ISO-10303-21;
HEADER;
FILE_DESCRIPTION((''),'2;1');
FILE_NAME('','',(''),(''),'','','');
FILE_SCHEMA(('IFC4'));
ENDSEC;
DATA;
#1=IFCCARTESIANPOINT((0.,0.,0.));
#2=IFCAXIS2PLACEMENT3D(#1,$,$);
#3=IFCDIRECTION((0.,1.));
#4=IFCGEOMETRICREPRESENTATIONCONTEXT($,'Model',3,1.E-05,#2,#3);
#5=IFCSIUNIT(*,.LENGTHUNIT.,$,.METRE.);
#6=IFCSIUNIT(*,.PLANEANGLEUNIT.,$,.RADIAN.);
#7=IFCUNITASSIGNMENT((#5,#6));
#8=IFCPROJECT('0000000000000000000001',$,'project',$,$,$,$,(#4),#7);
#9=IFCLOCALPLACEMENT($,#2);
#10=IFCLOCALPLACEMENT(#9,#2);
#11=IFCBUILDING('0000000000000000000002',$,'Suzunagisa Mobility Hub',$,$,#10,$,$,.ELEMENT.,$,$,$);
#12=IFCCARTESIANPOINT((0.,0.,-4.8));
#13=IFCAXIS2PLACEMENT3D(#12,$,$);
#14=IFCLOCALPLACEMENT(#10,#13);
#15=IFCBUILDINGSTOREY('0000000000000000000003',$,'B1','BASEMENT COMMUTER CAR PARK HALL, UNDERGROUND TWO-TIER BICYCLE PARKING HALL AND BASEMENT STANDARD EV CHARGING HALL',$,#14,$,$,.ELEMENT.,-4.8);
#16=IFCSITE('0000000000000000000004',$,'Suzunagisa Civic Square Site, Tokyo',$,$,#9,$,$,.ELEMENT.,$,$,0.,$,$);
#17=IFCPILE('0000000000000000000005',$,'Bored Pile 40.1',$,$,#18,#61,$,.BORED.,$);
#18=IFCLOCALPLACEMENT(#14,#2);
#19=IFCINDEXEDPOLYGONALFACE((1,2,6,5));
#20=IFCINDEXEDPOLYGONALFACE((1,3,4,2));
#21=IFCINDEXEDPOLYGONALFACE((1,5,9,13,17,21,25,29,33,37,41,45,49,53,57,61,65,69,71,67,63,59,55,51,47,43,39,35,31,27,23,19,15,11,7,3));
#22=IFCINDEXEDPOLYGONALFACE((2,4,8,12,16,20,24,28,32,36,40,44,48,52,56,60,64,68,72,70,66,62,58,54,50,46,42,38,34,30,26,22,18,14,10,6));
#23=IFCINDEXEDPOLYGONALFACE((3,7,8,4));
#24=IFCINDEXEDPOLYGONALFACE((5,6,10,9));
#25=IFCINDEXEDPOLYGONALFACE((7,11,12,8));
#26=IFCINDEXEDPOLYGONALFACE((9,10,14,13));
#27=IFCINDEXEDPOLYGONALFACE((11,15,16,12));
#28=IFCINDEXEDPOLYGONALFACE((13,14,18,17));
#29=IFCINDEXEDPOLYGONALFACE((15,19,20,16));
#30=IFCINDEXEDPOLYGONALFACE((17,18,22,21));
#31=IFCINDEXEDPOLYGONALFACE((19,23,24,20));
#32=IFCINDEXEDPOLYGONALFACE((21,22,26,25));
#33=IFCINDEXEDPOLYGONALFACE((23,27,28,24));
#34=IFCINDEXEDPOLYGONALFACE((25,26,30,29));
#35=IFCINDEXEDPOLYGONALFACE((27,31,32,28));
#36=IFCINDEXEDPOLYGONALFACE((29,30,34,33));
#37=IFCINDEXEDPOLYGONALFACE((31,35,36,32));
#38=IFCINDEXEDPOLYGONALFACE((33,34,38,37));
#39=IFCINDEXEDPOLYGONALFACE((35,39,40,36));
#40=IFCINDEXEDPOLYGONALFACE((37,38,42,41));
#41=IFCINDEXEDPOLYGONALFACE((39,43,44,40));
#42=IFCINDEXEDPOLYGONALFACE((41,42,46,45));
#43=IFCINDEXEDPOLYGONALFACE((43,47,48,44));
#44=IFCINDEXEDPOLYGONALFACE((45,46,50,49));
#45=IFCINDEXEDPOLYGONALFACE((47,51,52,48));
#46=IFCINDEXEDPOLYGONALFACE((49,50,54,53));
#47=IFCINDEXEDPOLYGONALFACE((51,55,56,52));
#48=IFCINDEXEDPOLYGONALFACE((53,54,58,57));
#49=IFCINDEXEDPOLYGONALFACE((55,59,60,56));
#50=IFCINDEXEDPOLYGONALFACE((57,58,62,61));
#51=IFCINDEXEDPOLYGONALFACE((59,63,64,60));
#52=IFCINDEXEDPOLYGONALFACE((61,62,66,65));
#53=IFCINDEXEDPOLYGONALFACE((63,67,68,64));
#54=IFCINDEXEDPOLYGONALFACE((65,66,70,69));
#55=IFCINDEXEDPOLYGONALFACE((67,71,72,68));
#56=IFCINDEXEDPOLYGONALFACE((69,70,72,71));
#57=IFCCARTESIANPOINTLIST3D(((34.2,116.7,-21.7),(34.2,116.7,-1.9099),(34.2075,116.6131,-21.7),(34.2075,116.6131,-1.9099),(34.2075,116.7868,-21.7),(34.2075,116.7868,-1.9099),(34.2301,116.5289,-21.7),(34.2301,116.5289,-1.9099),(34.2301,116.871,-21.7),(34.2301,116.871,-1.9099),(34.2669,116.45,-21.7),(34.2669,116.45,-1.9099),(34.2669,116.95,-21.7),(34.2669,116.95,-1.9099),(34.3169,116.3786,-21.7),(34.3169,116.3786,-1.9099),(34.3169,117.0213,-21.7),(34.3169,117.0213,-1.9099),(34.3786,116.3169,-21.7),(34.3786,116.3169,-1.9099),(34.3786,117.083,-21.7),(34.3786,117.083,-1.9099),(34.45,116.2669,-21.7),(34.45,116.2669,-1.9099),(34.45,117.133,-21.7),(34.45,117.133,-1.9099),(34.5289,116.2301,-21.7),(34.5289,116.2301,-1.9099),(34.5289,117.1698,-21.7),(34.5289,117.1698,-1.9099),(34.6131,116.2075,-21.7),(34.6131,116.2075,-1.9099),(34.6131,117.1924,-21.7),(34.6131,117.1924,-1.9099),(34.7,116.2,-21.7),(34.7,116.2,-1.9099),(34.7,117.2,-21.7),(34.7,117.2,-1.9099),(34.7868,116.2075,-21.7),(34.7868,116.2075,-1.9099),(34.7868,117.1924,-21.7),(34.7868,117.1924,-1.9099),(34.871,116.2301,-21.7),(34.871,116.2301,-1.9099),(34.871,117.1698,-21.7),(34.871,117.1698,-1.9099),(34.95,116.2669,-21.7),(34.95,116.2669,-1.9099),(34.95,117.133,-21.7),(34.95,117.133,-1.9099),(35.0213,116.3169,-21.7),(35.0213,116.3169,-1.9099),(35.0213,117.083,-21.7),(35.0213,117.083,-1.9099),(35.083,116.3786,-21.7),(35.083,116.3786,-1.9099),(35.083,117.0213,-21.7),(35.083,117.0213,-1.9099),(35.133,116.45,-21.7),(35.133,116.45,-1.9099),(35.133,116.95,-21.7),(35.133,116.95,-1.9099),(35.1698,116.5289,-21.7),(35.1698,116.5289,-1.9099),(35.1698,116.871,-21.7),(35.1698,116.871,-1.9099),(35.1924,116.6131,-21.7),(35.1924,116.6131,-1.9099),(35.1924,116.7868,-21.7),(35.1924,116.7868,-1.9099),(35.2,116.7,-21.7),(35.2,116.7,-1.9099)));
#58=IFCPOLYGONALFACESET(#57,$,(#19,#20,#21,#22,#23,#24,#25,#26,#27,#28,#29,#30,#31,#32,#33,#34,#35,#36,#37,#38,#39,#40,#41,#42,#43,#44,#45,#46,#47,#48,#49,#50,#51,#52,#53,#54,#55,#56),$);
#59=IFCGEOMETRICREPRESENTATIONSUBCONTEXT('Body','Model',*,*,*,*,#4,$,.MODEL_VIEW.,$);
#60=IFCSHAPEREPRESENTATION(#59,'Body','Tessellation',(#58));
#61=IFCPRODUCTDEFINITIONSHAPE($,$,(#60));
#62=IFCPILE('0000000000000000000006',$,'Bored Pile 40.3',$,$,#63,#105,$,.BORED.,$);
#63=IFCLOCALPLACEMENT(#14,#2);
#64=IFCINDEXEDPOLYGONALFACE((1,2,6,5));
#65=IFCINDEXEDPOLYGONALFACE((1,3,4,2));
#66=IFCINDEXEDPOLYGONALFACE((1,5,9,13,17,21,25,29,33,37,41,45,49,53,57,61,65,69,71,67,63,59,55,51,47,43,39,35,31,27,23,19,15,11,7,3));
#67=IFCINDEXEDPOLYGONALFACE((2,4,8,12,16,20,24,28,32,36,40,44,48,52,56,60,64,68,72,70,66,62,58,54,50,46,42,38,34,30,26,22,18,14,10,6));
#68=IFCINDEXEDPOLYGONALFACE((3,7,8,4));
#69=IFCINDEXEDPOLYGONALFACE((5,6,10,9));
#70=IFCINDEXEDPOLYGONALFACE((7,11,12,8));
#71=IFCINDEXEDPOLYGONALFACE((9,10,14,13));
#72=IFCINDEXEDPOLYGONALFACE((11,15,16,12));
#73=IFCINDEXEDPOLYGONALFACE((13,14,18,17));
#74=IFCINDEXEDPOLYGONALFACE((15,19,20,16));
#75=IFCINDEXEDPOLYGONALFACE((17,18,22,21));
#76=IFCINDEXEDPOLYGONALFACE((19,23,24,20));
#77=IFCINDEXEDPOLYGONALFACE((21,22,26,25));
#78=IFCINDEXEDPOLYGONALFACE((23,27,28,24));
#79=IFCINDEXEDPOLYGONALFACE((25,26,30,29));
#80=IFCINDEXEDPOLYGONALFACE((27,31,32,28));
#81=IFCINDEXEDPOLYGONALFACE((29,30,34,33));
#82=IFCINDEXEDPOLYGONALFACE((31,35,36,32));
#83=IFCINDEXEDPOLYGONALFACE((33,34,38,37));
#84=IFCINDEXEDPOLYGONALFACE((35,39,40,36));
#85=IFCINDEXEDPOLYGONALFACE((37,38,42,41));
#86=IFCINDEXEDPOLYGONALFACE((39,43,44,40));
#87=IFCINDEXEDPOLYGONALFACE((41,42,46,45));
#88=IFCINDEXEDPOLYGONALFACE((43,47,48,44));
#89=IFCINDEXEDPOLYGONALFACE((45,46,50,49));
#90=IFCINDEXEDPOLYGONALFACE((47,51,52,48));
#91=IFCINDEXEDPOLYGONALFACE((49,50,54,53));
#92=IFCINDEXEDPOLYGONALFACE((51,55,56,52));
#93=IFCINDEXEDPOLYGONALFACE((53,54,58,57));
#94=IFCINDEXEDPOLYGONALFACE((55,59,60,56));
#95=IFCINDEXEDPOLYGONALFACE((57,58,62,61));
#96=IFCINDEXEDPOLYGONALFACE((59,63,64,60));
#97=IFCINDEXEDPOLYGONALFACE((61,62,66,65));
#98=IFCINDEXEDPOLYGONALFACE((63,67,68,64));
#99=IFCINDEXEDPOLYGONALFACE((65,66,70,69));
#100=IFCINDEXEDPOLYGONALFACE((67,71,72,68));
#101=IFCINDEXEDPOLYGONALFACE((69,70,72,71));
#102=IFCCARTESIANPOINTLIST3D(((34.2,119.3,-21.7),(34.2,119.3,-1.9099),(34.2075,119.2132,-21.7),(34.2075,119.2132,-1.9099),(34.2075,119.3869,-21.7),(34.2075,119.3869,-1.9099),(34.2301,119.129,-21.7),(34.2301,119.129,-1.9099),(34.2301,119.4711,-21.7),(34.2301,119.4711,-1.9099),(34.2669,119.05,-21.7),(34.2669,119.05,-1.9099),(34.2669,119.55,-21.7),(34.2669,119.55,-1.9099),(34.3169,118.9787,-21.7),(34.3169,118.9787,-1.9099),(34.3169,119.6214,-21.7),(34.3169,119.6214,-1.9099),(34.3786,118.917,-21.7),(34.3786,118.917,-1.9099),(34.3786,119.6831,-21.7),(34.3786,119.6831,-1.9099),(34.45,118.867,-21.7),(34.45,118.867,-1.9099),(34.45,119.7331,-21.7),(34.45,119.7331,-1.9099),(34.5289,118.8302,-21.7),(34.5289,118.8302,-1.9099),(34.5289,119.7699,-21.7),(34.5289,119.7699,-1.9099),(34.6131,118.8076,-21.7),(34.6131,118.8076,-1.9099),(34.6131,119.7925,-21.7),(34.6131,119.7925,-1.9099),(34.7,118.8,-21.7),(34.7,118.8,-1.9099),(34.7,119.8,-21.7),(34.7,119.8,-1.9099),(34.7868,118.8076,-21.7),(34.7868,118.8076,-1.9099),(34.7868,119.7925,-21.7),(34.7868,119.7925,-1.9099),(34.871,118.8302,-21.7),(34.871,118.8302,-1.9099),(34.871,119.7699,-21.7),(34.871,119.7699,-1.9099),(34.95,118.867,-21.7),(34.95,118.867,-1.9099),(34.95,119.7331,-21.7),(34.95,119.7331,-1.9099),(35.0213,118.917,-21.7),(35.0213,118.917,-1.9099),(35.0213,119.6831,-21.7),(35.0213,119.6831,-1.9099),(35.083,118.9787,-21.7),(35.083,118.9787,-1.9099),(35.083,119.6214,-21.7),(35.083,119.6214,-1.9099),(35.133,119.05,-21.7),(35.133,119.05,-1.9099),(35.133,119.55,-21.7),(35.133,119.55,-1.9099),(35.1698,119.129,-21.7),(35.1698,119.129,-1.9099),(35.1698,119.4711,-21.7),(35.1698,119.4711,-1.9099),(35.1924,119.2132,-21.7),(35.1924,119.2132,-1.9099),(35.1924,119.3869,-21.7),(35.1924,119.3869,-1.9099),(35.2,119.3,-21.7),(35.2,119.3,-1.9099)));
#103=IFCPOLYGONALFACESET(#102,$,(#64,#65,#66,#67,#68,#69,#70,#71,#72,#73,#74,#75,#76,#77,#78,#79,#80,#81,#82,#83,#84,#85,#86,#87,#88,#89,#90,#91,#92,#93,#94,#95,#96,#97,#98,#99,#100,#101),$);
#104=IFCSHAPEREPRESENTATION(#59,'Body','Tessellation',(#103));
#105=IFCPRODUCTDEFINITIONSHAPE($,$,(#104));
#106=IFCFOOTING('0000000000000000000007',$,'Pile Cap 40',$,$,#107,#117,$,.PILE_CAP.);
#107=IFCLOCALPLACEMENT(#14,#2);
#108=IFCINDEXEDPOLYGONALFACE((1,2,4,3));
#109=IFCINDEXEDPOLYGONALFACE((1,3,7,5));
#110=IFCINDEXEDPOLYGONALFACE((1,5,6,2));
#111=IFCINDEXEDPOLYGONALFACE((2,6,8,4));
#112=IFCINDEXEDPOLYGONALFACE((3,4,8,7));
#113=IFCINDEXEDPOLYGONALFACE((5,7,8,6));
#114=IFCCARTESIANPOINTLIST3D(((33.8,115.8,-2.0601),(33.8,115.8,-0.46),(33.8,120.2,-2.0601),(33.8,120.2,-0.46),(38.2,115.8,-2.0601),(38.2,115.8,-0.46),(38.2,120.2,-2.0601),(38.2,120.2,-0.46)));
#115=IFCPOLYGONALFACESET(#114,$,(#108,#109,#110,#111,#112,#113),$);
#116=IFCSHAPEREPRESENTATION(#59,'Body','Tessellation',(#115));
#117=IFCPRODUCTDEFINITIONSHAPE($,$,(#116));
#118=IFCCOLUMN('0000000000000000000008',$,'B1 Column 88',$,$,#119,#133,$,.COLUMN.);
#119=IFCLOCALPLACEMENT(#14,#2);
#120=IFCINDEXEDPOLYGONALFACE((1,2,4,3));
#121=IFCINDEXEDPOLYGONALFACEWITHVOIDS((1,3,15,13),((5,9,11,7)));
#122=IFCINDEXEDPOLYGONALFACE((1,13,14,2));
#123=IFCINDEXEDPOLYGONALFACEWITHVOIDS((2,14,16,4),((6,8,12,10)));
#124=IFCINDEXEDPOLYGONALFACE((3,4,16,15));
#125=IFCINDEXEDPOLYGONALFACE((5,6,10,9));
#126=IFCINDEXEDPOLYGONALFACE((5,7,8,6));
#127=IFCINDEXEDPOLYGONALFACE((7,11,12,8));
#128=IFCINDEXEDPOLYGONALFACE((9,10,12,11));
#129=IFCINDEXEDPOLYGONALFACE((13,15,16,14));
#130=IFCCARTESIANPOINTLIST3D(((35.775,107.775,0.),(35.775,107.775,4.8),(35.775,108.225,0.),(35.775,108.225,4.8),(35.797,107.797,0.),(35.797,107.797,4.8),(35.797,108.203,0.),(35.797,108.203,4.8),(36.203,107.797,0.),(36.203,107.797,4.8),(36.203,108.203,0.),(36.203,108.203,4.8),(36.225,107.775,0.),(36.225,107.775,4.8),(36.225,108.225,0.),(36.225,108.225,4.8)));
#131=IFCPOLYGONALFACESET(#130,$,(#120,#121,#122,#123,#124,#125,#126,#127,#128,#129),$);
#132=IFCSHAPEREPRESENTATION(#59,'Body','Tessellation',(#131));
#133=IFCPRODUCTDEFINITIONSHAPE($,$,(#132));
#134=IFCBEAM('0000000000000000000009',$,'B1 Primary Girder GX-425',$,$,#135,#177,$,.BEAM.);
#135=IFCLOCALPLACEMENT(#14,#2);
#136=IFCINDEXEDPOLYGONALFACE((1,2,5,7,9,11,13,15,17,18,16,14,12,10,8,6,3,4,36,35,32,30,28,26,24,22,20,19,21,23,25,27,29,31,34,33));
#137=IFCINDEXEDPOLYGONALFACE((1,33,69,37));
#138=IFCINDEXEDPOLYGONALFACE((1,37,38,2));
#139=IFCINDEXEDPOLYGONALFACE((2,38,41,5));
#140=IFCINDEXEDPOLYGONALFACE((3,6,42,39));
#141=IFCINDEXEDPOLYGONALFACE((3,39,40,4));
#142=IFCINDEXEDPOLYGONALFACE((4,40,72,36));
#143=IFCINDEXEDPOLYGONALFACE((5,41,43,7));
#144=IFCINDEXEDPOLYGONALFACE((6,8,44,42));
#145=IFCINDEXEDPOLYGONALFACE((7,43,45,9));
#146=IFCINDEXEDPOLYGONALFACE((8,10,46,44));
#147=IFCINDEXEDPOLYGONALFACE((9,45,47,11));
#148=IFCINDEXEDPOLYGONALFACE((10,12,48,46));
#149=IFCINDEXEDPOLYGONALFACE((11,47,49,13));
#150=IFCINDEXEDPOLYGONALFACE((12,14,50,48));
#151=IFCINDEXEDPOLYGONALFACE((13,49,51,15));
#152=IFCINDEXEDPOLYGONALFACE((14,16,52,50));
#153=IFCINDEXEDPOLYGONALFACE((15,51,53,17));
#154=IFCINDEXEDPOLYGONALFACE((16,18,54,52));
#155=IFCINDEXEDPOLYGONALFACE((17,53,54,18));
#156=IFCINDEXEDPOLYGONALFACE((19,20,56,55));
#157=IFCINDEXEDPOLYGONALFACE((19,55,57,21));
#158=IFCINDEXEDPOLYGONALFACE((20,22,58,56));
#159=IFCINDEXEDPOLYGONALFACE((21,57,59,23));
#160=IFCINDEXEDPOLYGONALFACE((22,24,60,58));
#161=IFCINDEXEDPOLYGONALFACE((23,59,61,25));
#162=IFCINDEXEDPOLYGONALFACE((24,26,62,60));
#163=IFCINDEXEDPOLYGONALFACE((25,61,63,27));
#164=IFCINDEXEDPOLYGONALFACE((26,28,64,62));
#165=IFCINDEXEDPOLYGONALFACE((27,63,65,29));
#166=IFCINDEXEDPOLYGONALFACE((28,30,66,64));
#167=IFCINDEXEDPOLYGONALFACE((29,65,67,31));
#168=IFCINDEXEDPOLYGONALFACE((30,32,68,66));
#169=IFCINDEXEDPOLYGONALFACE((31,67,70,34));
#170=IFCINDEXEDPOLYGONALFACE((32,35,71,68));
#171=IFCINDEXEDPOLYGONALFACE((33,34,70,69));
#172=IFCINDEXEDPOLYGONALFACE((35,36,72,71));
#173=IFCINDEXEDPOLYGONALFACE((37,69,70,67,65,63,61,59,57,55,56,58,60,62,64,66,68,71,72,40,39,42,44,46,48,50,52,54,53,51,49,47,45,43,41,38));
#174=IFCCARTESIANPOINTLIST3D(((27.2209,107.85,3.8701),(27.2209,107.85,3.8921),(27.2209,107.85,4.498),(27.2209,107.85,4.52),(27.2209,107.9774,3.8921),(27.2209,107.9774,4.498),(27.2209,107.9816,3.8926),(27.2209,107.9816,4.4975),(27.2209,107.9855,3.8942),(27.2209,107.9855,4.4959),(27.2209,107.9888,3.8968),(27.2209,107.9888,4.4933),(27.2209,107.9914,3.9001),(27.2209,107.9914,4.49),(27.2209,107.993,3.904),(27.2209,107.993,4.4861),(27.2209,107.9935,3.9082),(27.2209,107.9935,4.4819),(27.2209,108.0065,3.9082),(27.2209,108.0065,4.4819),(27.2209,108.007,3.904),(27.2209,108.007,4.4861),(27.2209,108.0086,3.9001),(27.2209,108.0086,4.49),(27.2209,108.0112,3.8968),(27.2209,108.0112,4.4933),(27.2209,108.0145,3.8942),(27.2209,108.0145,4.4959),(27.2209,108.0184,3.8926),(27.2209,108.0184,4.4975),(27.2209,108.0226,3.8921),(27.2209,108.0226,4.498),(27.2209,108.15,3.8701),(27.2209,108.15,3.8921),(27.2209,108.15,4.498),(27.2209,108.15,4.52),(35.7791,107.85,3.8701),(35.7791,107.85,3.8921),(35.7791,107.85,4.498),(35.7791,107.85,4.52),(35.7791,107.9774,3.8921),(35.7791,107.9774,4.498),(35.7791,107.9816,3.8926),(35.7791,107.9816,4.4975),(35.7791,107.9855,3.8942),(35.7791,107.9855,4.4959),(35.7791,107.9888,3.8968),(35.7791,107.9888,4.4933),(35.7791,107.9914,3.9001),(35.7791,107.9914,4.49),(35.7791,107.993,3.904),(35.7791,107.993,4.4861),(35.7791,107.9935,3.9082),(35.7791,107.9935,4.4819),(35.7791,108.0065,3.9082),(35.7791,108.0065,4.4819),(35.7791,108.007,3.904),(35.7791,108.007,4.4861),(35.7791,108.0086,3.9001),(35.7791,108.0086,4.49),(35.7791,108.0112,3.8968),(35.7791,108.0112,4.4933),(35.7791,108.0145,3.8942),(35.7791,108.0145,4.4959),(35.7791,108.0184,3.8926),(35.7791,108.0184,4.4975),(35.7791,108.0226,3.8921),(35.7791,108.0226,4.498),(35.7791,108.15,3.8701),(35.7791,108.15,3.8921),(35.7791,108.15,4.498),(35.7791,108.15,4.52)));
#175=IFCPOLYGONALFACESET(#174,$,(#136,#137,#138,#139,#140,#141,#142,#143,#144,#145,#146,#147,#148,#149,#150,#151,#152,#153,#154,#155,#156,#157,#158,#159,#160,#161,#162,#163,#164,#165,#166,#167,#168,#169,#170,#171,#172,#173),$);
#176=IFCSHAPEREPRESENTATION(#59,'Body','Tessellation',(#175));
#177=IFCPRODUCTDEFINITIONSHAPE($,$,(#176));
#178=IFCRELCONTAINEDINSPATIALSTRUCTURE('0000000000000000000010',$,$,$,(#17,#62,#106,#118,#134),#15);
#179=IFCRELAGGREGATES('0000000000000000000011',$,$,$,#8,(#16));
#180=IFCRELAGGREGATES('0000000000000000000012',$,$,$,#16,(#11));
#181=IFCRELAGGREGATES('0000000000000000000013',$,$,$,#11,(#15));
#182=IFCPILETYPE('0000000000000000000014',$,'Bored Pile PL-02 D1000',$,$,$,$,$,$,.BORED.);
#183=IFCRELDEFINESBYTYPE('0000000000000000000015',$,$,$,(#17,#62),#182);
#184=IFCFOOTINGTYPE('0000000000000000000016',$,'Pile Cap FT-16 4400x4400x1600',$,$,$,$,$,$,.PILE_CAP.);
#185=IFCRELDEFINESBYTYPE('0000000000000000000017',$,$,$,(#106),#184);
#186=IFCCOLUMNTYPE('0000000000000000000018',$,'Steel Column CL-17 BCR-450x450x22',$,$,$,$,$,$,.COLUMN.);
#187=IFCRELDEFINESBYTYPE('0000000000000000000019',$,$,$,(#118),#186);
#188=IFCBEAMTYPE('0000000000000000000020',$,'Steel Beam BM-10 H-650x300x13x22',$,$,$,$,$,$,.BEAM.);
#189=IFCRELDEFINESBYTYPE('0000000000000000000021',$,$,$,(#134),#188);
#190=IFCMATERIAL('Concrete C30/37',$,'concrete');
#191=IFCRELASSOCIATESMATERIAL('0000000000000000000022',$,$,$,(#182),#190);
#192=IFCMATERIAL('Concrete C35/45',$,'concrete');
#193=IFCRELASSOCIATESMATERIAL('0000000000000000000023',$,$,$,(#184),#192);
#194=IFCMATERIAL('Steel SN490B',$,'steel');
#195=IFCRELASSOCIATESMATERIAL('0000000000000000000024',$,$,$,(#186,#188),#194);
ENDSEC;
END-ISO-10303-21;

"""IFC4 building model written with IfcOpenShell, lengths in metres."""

from ifc_helpers import new_model, si_unit, direction, frame, origin, origin_2d, place, context, subcontext, project, spatial, rectangle, hollow_rectangle, circle, i_section, extrude, material, material_profile, profile_set, type_object, element, save


model = new_model("IFC4")

# Units and contexts
model_context = context("Model", 3, precision=1e-05, world=origin(), true_north=direction((0.0, 1.0)))
body_context = subcontext(model_context, "Body", "Model", "MODEL_VIEW")
ifc_project = project(units=[si_unit("LENGTHUNIT", "METRE"), si_unit("PLANEANGLEUNIT", "RADIAN")], contexts=[model_context])

# Site, building, storey
site_placement = place(None, origin())
site = spatial("IfcSite", under=ifc_project, at=site_placement, Name="Suzunagisa Civic Square Site, Tokyo", CompositionType="ELEMENT", RefElevation=0.0)
building_placement = place(site_placement, origin())
building = spatial("IfcBuilding", under=site, at=building_placement, Name="Suzunagisa Mobility Hub", CompositionType="ELEMENT")
storey_placement = place(building_placement, frame((0.0, 0.0, -4.8)))
storey = spatial("IfcBuildingStorey", under=building, at=storey_placement, Name="B1", Description="BASEMENT COMMUTER CAR PARK HALL, UNDERGROUND TWO-TIER BICYCLE PARKING HALL AND BASEMENT STANDARD EV CHARGING HALL", CompositionType="ELEMENT", Elevation=-4.8)

# Piles
ifc_material_1 = material(Name="Concrete C30/37", Category="concrete")
ifc_material_profile_1 = material_profile(ifc_material_1, circle(Radius=0.5, at=origin_2d()), Name="BORED PILE D1000")
ifc_profile_set_1 = profile_set([ifc_material_profile_1], Name="Concrete C30/37")
pile_type_1 = type_object("IfcPileType", Name="Bored Pile PL-02 D1000", PredefinedType="BORED", material=ifc_profile_set_1)
for number, where, z_axis, x_axis, name in (
    (1, (34.7, 116.7, -1.9099), (0.0, 0.0, -1.0), (1.0, 0.0, 0.0), "Bored Pile 40.1"),
    (2, (34.7, 119.3, -1.9099), (0.0, 0.0, -1.0), (1.0, 0.0, 0.0), "Bored Pile 40.3"),
):
    element("IfcPile", number, at=place(storey_placement, frame(where, z_axis=z_axis, x_axis=x_axis)), inside=storey, type_object=pile_type_1, Name=name, PredefinedType="BORED", context=body_context, shape_type="SweptSolid", body=[
        extrude(circle(Radius=0.5, at=origin_2d()), origin(), (0.0, 0.0, 1.0), 19.79),
    ])

# Footing
ifc_material_2 = material(Name="Concrete C35/45", Category="concrete")
footing_type = type_object("IfcFootingType", Name="Pile Cap FT-16 4400x4400x1600", PredefinedType="PILE_CAP", material=ifc_material_2)
footing_placement = place(storey_placement, frame((36.0, 118.0, -2.0601), z_axis=(0.0, 0.0, 1.0), x_axis=(1.0, 0.0, 0.0)))
element("IfcFooting", 3, at=footing_placement, inside=storey, type_object=footing_type, Name="Pile Cap 40", PredefinedType="PILE_CAP", context=body_context, shape_type="SweptSolid", body=[
    extrude(rectangle(XDim=4.3999, YDim=4.3999, at=origin_2d()), origin(), (0.0, 0.0, 1.0), 1.6001),
])

# Column
ifc_material_3 = material(Name="Steel SN490B", Category="steel")
ifc_material_profile_2 = material_profile(ifc_material_3, hollow_rectangle(XDim=0.45, YDim=0.45, WallThickness=0.022, at=origin_2d()), Name="BCR-450x450x22")
ifc_profile_set_2 = profile_set([ifc_material_profile_2], Name="Steel SN490B")
column_type = type_object("IfcColumnType", Name="Steel Column CL-17 BCR-450x450x22", PredefinedType="COLUMN", material=ifc_profile_set_2)
column_placement = place(storey_placement, frame((36.0, 108.0, 0.0), z_axis=(0.0, 0.0, 1.0), x_axis=(1.0, 0.0, 0.0)))
element("IfcColumn", 4, at=column_placement, inside=storey, type_object=column_type, Name="B1 Column 88", PredefinedType="COLUMN", context=body_context, shape_type="SweptSolid", body=[
    extrude(hollow_rectangle(XDim=0.45, YDim=0.45, WallThickness=0.022, at=origin_2d()), origin(), (0.0, 0.0, 1.0), 4.8),
])

# Beam
ifc_material_profile_3 = material_profile(ifc_material_3, i_section(OverallWidth=0.3, OverallDepth=0.6499, WebThickness=0.0129, FlangeThickness=0.022, FilletRadius=0.0161, at=origin_2d()), Name="H-650x300x13x22")
ifc_profile_set_3 = profile_set([ifc_material_profile_3], Name="Steel SN490B")
beam_type_1 = type_object("IfcBeamType", Name="Steel Beam BM-10 H-650x300x13x22", PredefinedType="BEAM", material=ifc_profile_set_3)
beam_1_placement = place(storey_placement, frame((27.2209, 108.0, 4.1951), z_axis=(1.0, 0.0, 0.0), x_axis=(0.0, 1.0, 0.0)))
element("IfcBeam", 5, at=beam_1_placement, inside=storey, type_object=beam_type_1, Name="B1 Primary Girder GX-425", PredefinedType="BEAM", context=body_context, shape_type="SweptSolid", body=[
    extrude(i_section(OverallWidth=0.3, OverallDepth=0.6499, WebThickness=0.0129, FlangeThickness=0.022, FilletRadius=0.0161, at=origin_2d()), origin(), (0.0, 0.0, 1.0), 8.5581),
])

save(model, "model.ifc")
